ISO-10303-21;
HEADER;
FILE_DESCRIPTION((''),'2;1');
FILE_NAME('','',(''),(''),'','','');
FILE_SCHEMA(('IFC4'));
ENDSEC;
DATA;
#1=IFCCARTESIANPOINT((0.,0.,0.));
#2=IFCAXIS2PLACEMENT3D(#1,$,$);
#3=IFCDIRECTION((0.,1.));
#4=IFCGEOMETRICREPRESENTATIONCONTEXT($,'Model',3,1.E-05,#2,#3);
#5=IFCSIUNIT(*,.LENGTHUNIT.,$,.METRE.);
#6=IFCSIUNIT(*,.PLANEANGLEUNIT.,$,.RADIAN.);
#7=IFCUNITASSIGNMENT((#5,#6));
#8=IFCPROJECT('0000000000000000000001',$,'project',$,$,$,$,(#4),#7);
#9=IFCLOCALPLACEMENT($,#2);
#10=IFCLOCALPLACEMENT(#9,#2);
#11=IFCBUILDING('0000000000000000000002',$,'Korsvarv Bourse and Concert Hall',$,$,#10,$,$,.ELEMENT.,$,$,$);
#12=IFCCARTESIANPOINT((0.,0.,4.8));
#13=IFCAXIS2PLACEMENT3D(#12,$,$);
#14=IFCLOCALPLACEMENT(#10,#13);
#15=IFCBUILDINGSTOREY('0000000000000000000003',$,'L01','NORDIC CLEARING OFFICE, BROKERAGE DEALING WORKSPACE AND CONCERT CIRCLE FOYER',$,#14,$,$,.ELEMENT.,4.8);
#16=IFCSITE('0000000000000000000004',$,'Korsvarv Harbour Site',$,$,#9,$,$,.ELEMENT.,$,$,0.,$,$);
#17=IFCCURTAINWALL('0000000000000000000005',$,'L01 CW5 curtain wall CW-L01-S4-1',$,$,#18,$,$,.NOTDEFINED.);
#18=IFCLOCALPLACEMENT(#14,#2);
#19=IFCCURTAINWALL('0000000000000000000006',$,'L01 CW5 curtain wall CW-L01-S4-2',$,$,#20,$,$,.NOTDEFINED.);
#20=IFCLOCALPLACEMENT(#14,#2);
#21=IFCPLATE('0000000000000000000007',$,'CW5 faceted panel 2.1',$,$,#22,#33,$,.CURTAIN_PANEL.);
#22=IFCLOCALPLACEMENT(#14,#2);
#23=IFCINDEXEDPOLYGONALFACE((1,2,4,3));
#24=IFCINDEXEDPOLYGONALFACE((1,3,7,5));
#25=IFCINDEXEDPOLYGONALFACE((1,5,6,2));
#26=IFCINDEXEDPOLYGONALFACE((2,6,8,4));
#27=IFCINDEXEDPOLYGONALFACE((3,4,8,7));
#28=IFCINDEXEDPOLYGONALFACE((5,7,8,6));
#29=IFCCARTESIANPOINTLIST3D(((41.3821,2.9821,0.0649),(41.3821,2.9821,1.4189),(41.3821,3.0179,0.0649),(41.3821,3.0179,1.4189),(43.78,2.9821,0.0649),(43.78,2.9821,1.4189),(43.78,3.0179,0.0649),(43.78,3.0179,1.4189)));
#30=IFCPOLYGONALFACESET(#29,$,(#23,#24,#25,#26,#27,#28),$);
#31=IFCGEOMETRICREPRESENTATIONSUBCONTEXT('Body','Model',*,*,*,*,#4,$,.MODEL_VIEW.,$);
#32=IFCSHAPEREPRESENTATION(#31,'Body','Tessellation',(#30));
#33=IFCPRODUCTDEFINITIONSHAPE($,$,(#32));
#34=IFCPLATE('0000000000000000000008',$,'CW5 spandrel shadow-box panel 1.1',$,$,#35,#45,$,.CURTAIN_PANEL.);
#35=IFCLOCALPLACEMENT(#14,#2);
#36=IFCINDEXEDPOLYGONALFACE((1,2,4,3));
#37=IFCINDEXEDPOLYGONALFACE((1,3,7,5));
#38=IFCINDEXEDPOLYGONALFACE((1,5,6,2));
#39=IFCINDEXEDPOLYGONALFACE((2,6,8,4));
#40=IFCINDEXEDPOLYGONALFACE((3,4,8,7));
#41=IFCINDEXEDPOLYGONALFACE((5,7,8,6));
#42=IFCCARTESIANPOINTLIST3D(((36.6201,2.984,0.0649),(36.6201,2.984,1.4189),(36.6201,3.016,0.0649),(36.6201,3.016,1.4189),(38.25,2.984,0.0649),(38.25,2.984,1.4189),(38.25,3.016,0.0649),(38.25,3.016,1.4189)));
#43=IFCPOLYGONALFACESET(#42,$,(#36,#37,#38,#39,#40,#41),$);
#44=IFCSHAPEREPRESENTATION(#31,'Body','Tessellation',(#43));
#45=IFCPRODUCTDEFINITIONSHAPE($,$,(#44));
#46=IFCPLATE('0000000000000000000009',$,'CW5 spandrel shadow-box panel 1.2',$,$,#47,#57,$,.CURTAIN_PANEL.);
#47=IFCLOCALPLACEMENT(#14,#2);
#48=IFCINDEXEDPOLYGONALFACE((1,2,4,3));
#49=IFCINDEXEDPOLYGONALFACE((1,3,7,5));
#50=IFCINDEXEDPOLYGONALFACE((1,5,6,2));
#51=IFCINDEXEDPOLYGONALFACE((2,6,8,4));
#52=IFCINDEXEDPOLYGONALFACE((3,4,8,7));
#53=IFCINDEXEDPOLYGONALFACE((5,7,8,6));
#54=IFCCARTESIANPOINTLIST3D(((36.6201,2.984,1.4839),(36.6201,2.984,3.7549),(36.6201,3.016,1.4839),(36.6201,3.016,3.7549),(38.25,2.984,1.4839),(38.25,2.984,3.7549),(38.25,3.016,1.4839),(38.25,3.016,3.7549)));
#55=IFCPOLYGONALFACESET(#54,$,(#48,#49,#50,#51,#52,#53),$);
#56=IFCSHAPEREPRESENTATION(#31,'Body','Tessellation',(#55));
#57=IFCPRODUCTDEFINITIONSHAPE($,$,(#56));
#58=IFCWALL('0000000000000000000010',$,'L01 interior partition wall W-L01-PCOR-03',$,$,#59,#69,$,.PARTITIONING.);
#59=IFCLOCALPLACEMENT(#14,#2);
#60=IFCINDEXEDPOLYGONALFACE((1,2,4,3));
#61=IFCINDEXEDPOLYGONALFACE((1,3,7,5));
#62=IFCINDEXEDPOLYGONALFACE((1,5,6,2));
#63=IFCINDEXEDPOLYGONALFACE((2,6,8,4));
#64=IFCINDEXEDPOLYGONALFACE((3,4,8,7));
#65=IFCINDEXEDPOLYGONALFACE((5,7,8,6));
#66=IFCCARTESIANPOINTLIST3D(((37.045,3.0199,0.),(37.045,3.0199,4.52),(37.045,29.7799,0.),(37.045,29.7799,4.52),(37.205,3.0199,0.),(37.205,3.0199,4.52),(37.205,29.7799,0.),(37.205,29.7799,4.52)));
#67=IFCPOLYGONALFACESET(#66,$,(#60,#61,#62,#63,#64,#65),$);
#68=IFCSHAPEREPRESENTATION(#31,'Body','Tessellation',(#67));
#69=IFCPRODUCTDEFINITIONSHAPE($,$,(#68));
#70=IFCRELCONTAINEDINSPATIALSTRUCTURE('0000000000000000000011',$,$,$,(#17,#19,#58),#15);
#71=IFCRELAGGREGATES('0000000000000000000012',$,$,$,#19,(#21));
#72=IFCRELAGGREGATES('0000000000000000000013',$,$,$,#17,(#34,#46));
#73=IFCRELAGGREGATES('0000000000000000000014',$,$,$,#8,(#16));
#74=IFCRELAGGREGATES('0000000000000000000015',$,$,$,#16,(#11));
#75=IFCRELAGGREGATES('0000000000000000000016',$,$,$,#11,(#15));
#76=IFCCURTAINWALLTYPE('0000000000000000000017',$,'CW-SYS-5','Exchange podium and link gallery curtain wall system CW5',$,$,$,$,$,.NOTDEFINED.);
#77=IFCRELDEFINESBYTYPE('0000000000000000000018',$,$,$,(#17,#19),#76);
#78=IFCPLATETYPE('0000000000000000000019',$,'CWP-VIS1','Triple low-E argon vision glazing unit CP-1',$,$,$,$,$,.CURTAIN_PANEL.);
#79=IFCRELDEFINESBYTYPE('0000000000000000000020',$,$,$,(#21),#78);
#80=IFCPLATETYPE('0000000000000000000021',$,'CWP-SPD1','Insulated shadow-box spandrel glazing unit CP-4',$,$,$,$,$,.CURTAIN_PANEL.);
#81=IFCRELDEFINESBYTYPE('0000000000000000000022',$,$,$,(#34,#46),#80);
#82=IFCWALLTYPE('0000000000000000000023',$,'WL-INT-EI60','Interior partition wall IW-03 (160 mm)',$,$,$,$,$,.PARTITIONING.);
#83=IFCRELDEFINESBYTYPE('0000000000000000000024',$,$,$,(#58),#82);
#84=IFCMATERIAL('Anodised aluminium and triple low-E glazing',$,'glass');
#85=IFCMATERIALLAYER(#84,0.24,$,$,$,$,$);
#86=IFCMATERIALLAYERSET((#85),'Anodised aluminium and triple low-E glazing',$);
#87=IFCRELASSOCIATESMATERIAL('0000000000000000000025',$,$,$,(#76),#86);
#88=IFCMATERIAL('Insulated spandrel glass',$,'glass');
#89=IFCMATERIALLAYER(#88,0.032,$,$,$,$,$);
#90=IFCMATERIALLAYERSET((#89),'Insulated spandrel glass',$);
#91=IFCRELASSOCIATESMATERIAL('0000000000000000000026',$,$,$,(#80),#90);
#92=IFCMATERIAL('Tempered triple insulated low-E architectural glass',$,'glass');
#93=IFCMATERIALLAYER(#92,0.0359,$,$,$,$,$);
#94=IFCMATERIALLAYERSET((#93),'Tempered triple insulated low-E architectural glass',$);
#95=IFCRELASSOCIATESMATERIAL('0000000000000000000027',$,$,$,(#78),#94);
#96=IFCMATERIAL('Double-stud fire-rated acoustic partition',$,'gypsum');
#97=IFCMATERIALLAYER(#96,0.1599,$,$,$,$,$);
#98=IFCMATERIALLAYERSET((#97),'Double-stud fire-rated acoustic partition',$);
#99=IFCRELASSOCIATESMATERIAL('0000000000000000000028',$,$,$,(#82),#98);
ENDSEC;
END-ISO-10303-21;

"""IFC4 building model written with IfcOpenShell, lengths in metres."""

from ifc_helpers import new_model, si_unit, direction, frame, frame_2d, origin, origin_2d, place, context, subcontext, project, spatial, rectangle, extrude, source, transform, mapped, material, layer, layer_set, type_object, element, aggregate, save


model = new_model("IFC4")

# Units and contexts
model_context = context("Model", 3, precision=1e-05, world=origin(), true_north=direction((0.0, 1.0)))
body_context = subcontext(model_context, "Body", "Model", "MODEL_VIEW")
ifc_project = project(units=[si_unit("LENGTHUNIT", "METRE"), si_unit("PLANEANGLEUNIT", "RADIAN")], contexts=[model_context])

# Site, building, storey
site_placement = place(None, origin())
site = spatial("IfcSite", under=ifc_project, at=site_placement, Name="Korsvarv Harbour Site", CompositionType="ELEMENT", RefElevation=0.0)
building_placement = place(site_placement, origin())
building = spatial("IfcBuilding", under=site, at=building_placement, Name="Korsvarv Bourse and Concert Hall", CompositionType="ELEMENT")
storey_placement = place(building_placement, frame((0.0, 0.0, 4.8)))
storey = spatial("IfcBuildingStorey", under=building, at=storey_placement, Name="L01", Description="NORDIC CLEARING OFFICE, BROKERAGE DEALING WORKSPACE AND CONCERT CIRCLE FOYER", CompositionType="ELEMENT", Elevation=4.8)

# Curtain wall
ifc_material_1 = material(Name="Anodised aluminium and triple low-E glazing", Category="glass")
ifc_layer_1 = layer(ifc_material_1, 0.24)
ifc_layer_set_1 = layer_set([ifc_layer_1], Name="Anodised aluminium and triple low-E glazing")
curtain_wall_type = type_object("IfcCurtainWallType", Name="CW-SYS-5", Description="Exchange podium and link gallery curtain wall system CW5", PredefinedType="NOTDEFINED", material=ifc_layer_set_1)
curtain_wall_1_placement = place(storey_placement, origin())
curtain_wall_1 = element("IfcCurtainWall", 1, at=curtain_wall_1_placement, inside=storey, type_object=curtain_wall_type, Name="L01 CW5 curtain wall CW-L01-S4-1", PredefinedType="NOTDEFINED")

# Curtain wall
curtain_wall_2_placement = place(storey_placement, origin())
curtain_wall_2 = element("IfcCurtainWall", 2, at=curtain_wall_2_placement, inside=storey, type_object=curtain_wall_type, Name="L01 CW5 curtain wall CW-L01-S4-2", PredefinedType="NOTDEFINED")

# Plates
ifc_material_2 = material(Name="Insulated spandrel glass", Category="glass")
ifc_layer_2 = layer(ifc_material_2, 0.032)
ifc_layer_set_2 = layer_set([ifc_layer_2], Name="Insulated spandrel glass")
plate_type_1 = type_object("IfcPlateType", Name="CWP-SPD1", Description="Insulated shadow-box spandrel glazing unit CP-4", PredefinedType="CURTAIN_PANEL", material=ifc_layer_set_2)
ifc_material_3 = material(Name="Tempered triple insulated low-E architectural glass", Category="glass")
ifc_layer_3 = layer(ifc_material_3, 0.0359)
ifc_layer_set_3 = layer_set([ifc_layer_3], Name="Tempered triple insulated low-E architectural glass")
plate_type_2 = type_object("IfcPlateType", Name="CWP-VIS1", Description="Triple low-E argon vision glazing unit CP-1", PredefinedType="CURTAIN_PANEL", material=ifc_layer_set_3)
shared_shape_1 = source(origin(), body_context, "Body", "SweptSolid", [
    extrude(rectangle(XDim=2.3979, YDim=0.0359, at=origin_2d()), origin(), (0.0, 0.0, 1.0), 1.354),
])
plate_1_placement = place(storey_placement, frame((42.5811, 3.0, 0.0649), z_axis=(0.0, 0.0, 1.0), x_axis=(1.0, 0.0, 0.0)))
plate_1 = element("IfcPlate", 3, at=plate_1_placement, type_object=plate_type_2, Name="CW5 faceted panel 2.1", PredefinedType="CURTAIN_PANEL", context=body_context, shape_type="MappedRepresentation", body=[
    mapped(shared_shape_1, transform((0.0, 0.0, 0.0), scale=1.0)),
])
aggregate(curtain_wall_2, [plate_1])
shared_shape_2 = source(origin(), body_context, "Body", "SweptSolid", [
    extrude(rectangle(XDim=1.6299, YDim=0.032, at=origin_2d()), origin(), (0.0, 0.0, 1.0), 1.354),
])
plate_2_placement = place(storey_placement, frame((37.4351, 3.0, 0.0649), z_axis=(0.0, 0.0, 1.0), x_axis=(1.0, 0.0, 0.0)))
plate_2 = element("IfcPlate", 4, at=plate_2_placement, type_object=plate_type_1, Name="CW5 spandrel shadow-box panel 1.1", PredefinedType="CURTAIN_PANEL", context=body_context, shape_type="MappedRepresentation", body=[
    mapped(shared_shape_2, transform((0.0, 0.0, 0.0), scale=1.0)),
])
shared_shape_3 = source(origin(), body_context, "Body", "SweptSolid", [
    extrude(rectangle(XDim=1.6299, YDim=0.032, at=origin_2d()), origin(), (0.0, 0.0, 1.0), 2.271),
])
plate_3_placement = place(storey_placement, frame((37.4351, 3.0, 1.4839), z_axis=(0.0, 0.0, 1.0), x_axis=(1.0, 0.0, 0.0)))
plate_3 = element("IfcPlate", 5, at=plate_3_placement, type_object=plate_type_1, Name="CW5 spandrel shadow-box panel 1.2", PredefinedType="CURTAIN_PANEL", context=body_context, shape_type="MappedRepresentation", body=[
    mapped(shared_shape_3, transform((0.0, 0.0, 0.0), scale=1.0)),
])
aggregate(curtain_wall_1, [plate_2, plate_3])

# Wall
ifc_material_4 = material(Name="Double-stud fire-rated acoustic partition", Category="gypsum")
ifc_layer_4 = layer(ifc_material_4, 0.1599)
ifc_layer_set_4 = layer_set([ifc_layer_4], Name="Double-stud fire-rated acoustic partition")
wall_type = type_object("IfcWallType", Name="WL-INT-EI60", Description="Interior partition wall IW-03 (160 mm)", PredefinedType="PARTITIONING", material=ifc_layer_set_4)
wall_placement = place(storey_placement, frame((37.125, 3.02, 0.0), z_axis=(0.0, 0.0, 1.0), x_axis=(0.0, 1.0, 0.0)))
element("IfcWall", 6, at=wall_placement, inside=storey, type_object=wall_type, Name="L01 interior partition wall W-L01-PCOR-03", PredefinedType="PARTITIONING", context=body_context, shape_type="SweptSolid", body=[
    extrude(rectangle(XDim=26.76, YDim=0.1599, at=frame_2d((13.3799, 0.0))), origin(), (0.0, 0.0, 1.0), 4.52),
])

save(model, "model.ifc")
